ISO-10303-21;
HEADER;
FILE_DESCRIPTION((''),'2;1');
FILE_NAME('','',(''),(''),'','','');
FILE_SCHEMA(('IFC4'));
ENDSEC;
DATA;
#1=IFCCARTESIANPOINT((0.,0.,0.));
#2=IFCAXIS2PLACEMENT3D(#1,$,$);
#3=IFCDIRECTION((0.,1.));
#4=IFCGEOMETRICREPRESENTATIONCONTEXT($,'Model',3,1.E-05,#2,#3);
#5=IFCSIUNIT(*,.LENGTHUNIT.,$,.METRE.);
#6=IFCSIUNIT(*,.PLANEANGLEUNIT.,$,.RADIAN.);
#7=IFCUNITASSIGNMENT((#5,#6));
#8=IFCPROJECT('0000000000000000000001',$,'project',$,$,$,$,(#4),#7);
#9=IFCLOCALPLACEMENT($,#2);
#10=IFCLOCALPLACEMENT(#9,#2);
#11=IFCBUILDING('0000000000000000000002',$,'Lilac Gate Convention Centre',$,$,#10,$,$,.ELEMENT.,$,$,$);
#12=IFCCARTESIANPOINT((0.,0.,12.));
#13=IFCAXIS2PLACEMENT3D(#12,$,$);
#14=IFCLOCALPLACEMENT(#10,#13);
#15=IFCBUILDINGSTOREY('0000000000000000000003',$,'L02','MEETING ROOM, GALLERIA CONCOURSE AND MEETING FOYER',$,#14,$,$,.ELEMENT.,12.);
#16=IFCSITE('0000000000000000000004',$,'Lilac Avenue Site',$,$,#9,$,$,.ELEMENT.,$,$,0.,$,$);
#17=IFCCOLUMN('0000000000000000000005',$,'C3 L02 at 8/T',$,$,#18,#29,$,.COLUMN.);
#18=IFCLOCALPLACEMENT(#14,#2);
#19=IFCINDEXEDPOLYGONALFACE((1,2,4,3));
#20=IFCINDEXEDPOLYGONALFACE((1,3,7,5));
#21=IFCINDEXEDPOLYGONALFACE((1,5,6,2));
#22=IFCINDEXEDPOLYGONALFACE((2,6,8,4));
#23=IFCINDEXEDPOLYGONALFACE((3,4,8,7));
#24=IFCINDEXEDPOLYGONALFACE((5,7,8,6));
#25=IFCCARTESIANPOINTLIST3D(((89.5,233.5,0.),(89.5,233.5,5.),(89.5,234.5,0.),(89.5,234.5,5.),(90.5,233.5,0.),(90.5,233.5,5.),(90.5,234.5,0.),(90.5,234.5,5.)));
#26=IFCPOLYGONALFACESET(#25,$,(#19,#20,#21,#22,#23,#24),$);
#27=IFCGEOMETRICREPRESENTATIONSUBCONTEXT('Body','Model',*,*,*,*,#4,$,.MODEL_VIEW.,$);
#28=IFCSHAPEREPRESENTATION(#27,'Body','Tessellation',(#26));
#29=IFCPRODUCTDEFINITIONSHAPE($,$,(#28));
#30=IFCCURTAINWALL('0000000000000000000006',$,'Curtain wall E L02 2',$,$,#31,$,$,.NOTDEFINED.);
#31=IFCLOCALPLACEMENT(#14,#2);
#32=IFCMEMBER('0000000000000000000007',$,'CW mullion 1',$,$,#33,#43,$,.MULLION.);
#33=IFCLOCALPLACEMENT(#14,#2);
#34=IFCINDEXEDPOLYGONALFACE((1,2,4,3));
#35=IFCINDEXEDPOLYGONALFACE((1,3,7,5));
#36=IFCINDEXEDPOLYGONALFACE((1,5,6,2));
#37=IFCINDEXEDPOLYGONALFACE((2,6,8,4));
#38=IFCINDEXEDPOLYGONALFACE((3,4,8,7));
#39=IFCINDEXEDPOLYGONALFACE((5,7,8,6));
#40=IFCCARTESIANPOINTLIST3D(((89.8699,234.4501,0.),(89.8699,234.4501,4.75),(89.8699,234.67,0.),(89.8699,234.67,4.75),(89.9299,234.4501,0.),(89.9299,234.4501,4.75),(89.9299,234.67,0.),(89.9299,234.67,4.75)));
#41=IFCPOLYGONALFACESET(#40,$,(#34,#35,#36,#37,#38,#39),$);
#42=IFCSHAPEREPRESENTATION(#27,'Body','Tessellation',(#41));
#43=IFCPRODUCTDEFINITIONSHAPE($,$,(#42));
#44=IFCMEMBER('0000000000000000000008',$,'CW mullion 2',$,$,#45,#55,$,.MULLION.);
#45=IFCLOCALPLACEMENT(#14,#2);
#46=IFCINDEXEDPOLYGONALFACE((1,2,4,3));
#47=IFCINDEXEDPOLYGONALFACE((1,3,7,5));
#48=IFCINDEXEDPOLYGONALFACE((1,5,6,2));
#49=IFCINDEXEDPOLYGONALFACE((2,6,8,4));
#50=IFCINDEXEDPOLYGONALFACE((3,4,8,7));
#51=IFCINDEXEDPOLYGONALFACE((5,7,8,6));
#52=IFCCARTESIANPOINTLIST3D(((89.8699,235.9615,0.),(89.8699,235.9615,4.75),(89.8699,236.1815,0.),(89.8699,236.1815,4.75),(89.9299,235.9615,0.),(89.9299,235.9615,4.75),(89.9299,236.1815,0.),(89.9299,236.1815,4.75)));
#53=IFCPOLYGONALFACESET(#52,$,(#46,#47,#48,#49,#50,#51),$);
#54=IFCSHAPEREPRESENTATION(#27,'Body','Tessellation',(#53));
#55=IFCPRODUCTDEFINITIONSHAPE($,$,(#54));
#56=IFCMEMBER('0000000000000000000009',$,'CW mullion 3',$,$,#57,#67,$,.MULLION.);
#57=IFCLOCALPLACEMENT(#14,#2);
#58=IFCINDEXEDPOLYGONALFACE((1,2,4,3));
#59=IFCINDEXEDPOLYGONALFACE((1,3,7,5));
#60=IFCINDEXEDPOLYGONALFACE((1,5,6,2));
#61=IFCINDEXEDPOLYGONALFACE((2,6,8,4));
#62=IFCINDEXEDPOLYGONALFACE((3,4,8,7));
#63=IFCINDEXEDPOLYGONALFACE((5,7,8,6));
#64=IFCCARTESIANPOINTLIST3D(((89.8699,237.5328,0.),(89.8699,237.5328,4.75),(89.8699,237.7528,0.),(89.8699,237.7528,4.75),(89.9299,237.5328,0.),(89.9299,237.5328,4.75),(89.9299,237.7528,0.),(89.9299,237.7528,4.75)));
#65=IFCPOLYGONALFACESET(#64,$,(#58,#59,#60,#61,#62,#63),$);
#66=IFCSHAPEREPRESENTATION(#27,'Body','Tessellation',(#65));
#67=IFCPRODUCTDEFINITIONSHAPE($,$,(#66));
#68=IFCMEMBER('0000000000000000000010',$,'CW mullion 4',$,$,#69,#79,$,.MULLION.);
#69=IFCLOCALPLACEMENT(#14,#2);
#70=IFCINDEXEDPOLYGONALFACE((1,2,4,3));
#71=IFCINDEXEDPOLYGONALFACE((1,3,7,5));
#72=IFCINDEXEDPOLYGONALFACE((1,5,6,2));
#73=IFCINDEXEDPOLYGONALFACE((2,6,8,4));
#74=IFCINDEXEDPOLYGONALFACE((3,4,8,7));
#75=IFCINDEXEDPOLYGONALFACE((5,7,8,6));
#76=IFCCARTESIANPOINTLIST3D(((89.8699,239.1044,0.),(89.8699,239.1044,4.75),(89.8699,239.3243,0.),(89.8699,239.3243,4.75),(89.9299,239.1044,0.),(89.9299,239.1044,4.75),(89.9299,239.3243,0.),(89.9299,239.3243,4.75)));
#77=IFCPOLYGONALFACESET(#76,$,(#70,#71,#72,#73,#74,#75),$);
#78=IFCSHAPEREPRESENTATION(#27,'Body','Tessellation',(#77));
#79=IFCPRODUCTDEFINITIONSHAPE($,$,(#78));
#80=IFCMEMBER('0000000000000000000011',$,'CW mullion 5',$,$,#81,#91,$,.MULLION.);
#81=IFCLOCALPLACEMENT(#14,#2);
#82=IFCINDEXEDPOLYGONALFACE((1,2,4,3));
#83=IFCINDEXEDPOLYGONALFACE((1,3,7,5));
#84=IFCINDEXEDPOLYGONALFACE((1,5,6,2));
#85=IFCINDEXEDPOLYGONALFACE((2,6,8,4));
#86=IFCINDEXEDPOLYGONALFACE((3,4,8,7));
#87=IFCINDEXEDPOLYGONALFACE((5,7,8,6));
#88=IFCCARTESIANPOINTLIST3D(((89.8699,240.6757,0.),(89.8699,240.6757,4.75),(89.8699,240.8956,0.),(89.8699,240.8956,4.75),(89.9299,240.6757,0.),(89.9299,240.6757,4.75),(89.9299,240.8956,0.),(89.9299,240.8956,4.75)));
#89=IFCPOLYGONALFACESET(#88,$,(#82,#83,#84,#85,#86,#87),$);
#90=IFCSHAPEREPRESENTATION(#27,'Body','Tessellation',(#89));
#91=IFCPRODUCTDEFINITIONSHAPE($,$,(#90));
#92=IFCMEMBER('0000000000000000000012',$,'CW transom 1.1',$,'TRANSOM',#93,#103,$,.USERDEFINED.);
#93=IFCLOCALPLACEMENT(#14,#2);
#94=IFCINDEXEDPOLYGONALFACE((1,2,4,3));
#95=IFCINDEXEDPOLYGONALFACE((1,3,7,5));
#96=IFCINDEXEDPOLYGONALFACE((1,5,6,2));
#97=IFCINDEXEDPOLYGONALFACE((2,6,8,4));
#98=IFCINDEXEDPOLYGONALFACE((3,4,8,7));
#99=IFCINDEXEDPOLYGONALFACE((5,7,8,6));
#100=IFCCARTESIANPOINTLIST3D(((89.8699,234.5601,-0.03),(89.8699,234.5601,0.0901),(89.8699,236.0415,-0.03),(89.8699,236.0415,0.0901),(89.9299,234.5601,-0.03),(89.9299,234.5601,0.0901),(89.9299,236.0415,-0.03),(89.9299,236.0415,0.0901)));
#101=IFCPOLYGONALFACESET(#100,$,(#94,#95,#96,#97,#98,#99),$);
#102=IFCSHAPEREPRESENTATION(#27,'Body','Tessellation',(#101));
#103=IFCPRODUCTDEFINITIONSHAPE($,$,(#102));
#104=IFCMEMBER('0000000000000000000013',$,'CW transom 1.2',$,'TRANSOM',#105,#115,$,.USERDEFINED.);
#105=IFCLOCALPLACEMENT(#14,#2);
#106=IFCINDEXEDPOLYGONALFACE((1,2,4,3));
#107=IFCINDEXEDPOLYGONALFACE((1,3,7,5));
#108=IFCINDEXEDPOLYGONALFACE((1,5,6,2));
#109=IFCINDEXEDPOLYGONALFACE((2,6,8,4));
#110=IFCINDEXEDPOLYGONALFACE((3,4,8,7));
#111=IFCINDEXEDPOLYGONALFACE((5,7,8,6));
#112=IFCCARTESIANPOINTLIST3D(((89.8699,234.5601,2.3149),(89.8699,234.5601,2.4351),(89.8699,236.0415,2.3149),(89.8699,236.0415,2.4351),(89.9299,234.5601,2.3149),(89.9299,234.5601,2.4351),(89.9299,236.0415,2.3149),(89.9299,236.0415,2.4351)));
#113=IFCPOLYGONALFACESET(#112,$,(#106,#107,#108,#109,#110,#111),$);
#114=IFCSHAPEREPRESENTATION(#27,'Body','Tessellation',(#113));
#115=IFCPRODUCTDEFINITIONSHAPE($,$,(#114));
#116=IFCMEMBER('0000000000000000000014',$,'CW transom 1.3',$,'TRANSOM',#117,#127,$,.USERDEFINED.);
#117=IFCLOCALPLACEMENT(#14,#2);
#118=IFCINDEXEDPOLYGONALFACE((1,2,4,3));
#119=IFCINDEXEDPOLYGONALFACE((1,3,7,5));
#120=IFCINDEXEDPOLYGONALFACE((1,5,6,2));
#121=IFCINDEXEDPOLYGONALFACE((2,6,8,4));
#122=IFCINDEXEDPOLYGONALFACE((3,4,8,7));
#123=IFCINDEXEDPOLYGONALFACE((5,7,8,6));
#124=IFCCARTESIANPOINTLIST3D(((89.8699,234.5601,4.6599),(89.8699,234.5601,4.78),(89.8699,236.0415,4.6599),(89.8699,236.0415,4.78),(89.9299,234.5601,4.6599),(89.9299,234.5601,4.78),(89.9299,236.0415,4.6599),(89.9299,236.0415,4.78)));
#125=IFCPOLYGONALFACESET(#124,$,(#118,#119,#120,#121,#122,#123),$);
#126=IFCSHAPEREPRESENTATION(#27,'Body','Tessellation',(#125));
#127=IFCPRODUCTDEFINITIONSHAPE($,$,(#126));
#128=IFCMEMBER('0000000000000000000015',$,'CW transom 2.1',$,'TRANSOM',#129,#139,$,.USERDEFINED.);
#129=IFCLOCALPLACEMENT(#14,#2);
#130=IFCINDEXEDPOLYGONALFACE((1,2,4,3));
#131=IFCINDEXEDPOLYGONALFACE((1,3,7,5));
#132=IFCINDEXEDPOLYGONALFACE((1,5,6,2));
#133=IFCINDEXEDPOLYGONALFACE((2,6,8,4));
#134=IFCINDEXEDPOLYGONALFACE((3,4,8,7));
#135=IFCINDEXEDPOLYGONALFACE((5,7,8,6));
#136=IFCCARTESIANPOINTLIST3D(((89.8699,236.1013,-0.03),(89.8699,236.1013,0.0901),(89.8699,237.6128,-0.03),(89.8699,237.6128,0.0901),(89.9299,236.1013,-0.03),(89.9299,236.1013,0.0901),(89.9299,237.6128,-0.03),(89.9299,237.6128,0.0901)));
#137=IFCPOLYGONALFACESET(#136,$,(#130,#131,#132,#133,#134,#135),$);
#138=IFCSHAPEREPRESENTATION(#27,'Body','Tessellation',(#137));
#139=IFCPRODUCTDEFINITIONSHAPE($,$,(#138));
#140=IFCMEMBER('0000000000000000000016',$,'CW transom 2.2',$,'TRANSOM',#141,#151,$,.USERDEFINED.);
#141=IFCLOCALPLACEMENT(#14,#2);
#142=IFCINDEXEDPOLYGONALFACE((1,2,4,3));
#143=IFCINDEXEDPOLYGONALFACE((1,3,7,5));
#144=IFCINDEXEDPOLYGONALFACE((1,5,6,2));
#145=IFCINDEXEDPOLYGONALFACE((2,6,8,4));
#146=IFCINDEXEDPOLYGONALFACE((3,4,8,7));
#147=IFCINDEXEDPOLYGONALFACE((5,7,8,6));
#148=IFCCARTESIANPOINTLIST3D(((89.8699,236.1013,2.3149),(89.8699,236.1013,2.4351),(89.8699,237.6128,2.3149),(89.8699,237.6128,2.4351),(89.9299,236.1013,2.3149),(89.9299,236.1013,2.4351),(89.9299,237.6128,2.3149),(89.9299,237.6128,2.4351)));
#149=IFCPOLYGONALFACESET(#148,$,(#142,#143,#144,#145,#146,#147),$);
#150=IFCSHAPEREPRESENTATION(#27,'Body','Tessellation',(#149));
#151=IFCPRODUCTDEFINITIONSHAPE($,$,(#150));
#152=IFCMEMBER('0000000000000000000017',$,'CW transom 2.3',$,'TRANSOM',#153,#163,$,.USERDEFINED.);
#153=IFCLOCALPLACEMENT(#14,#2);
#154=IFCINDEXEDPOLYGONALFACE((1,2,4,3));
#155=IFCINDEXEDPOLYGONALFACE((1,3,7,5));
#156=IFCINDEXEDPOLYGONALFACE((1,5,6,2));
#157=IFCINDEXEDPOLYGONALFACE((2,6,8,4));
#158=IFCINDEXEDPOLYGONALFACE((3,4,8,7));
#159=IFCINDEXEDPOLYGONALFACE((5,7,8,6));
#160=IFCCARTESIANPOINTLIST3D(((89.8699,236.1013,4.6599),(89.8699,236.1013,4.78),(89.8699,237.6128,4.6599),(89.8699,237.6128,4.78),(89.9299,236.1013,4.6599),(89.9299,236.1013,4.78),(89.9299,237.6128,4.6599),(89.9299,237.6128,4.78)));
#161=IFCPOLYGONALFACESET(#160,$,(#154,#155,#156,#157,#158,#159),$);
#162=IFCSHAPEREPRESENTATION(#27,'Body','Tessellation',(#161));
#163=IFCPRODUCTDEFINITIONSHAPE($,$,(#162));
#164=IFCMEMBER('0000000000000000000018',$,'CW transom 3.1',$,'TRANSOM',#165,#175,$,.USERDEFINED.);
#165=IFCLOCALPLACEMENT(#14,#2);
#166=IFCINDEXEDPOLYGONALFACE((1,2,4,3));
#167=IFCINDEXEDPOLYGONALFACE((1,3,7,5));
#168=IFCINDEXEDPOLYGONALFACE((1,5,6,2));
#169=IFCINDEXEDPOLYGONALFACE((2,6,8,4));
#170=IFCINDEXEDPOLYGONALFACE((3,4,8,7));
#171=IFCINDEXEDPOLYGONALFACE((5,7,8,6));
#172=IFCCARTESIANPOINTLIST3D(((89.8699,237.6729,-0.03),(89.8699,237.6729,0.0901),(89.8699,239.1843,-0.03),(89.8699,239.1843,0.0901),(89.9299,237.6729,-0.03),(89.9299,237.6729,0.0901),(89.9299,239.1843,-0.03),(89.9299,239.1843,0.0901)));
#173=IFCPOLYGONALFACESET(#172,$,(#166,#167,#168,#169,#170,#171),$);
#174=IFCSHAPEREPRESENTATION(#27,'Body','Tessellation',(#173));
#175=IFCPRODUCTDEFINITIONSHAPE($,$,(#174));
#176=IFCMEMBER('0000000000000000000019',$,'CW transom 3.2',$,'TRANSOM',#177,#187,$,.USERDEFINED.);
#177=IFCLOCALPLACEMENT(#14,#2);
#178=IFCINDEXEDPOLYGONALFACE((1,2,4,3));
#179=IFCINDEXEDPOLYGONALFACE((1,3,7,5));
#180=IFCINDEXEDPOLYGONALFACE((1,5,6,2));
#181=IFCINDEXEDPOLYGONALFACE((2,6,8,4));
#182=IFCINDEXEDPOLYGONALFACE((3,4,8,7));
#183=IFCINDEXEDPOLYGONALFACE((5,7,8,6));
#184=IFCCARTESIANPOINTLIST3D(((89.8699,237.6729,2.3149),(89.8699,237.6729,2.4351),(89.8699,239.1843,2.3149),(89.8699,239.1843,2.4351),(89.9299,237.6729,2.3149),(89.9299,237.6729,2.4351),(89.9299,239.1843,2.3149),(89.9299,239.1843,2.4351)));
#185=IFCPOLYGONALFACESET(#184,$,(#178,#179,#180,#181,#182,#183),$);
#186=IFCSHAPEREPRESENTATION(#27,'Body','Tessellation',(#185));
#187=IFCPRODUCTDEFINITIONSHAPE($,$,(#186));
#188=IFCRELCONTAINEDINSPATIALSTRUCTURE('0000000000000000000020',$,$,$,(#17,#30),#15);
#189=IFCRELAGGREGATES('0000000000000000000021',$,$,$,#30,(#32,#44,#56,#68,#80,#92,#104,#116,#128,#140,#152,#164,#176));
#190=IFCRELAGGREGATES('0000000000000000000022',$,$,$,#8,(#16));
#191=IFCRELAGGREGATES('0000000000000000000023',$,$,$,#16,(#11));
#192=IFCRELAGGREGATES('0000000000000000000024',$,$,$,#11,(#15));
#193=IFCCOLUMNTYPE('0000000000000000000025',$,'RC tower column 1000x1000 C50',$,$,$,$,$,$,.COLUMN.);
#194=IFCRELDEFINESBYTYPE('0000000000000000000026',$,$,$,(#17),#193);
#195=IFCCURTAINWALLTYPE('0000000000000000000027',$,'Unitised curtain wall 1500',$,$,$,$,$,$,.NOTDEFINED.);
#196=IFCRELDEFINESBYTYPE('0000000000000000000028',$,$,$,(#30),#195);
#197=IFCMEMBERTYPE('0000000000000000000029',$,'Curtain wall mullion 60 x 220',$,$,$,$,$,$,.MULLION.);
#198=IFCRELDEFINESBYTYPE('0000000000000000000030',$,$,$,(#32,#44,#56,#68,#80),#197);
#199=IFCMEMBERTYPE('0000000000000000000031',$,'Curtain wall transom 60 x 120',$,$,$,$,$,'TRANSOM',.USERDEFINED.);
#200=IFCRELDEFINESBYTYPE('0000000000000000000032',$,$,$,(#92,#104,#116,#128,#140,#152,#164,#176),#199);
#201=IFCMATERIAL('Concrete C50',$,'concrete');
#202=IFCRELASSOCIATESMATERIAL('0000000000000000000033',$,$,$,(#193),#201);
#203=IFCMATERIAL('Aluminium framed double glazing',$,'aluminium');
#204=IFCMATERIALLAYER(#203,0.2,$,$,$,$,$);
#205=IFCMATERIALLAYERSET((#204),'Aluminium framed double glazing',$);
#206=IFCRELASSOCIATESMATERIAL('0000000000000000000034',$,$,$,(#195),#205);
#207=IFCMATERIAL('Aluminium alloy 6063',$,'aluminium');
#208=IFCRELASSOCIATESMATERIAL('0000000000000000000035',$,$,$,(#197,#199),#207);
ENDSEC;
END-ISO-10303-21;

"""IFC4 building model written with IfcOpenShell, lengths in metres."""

from ifc_helpers import new_model, si_unit, direction, frame, origin, origin_2d, place, context, subcontext, project, spatial, rectangle, extrude, material, layer, layer_set, material_profile, profile_set, type_object, element, aggregate, save


model = new_model("IFC4")

# Units and contexts
model_context = context("Model", 3, precision=1e-05, world=origin(), true_north=direction((0.0, 1.0)))
body_context = subcontext(model_context, "Body", "Model", "MODEL_VIEW")
ifc_project = project(units=[si_unit("LENGTHUNIT", "METRE"), si_unit("PLANEANGLEUNIT", "RADIAN")], contexts=[model_context])

# Site, building, storey
site_placement = place(None, origin())
site = spatial("IfcSite", under=ifc_project, at=site_placement, Name="Lilac Avenue Site", CompositionType="ELEMENT", RefElevation=0.0)
building_placement = place(site_placement, origin())
building = spatial("IfcBuilding", under=site, at=building_placement, Name="Lilac Gate Convention Centre", CompositionType="ELEMENT")
storey_placement = place(building_placement, frame((0.0, 0.0, 12.0)))
storey = spatial("IfcBuildingStorey", under=building, at=storey_placement, Name="L02", Description="MEETING ROOM, GALLERIA CONCOURSE AND MEETING FOYER", CompositionType="ELEMENT", Elevation=12.0)

# Column
ifc_material_1 = material(Name="Concrete C50", Category="concrete")
ifc_material_profile_1 = material_profile(ifc_material_1, rectangle(XDim=1.0, YDim=1.0, at=origin_2d()), Name="RC 1000x1000")
ifc_profile_set_1 = profile_set([ifc_material_profile_1], Name="Concrete C50")
column_type = type_object("IfcColumnType", Name="RC tower column 1000x1000 C50", PredefinedType="COLUMN", material=ifc_profile_set_1)
column_placement = place(storey_placement, frame((90.0, 234.0, 0.0), z_axis=(0.0, 0.0, 1.0), x_axis=(1.0, 0.0, 0.0)))
element("IfcColumn", 1, at=column_placement, inside=storey, type_object=column_type, Name="C3 L02 at 8/T", PredefinedType="COLUMN", context=body_context, shape_type="SweptSolid", body=[
    extrude(rectangle(XDim=1.0, YDim=1.0, at=origin_2d()), origin(), (0.0, 0.0, 1.0), 5.0),
])

# Curtain wall, members
ifc_material_2 = material(Name="Aluminium framed double glazing", Category="aluminium")
ifc_layer_1 = layer(ifc_material_2, 0.2)
ifc_layer_set_1 = layer_set([ifc_layer_1], Name="Aluminium framed double glazing")
curtain_wall_type = type_object("IfcCurtainWallType", Name="Unitised curtain wall 1500", PredefinedType="NOTDEFINED", material=ifc_layer_set_1)
curtain_wall_placement = place(storey_placement, origin())
curtain_wall = element("IfcCurtainWall", 2, at=curtain_wall_placement, inside=storey, type_object=curtain_wall_type, Name="Curtain wall E L02 2", PredefinedType="NOTDEFINED")
ifc_material_3 = material(Name="Aluminium alloy 6063", Category="aluminium")
ifc_material_profile_2 = material_profile(ifc_material_3, rectangle(XDim=0.0601, YDim=0.22, at=origin_2d()), Name="Curtain wall mullion 60 x 220")
ifc_profile_set_2 = profile_set([ifc_material_profile_2], Name="Aluminium alloy 6063")
member_type_1 = type_object("IfcMemberType", Name="Curtain wall mullion 60 x 220", PredefinedType="MULLION", material=ifc_profile_set_2)
member_1_placement = place(storey_placement, frame((89.8999, 234.5601, 0.0), z_axis=(0.0, 0.0, 1.0), x_axis=(-1.0, 0.0, 0.0)))
member_1 = element("IfcMember", 3, at=member_1_placement, type_object=member_type_1, Name="CW mullion 1", PredefinedType="MULLION", context=body_context, shape_type="SweptSolid", body=[
    extrude(rectangle(XDim=0.0601, YDim=0.22, at=origin_2d()), origin(), (0.0, 0.0, 1.0), 4.75),
])
member_2_placement = place(storey_placement, frame((89.8999, 236.0715, 0.0), z_axis=(0.0, 0.0, 1.0), x_axis=(-1.0, 0.0, 0.0)))
member_2 = element("IfcMember", 4, at=member_2_placement, type_object=member_type_1, Name="CW mullion 2", PredefinedType="MULLION", context=body_context, shape_type="SweptSolid", body=[
    extrude(rectangle(XDim=0.0601, YDim=0.22, at=origin_2d()), origin(), (0.0, 0.0, 1.0), 4.75),
])
member_3_placement = place(storey_placement, frame((89.8999, 237.6428, 0.0), z_axis=(0.0, 0.0, 1.0), x_axis=(-1.0, 0.0, 0.0)))
member_3 = element("IfcMember", 5, at=member_3_placement, type_object=member_type_1, Name="CW mullion 3", PredefinedType="MULLION", context=body_context, shape_type="SweptSolid", body=[
    extrude(rectangle(XDim=0.0601, YDim=0.22, at=origin_2d()), origin(), (0.0, 0.0, 1.0), 4.75),
])
member_4_placement = place(storey_placement, frame((89.8999, 239.2144, 0.0), z_axis=(0.0, 0.0, 1.0), x_axis=(-1.0, 0.0, 0.0)))
member_4 = element("IfcMember", 6, at=member_4_placement, type_object=member_type_1, Name="CW mullion 4", PredefinedType="MULLION", context=body_context, shape_type="SweptSolid", body=[
    extrude(rectangle(XDim=0.0601, YDim=0.22, at=origin_2d()), origin(), (0.0, 0.0, 1.0), 4.75),
])
member_5_placement = place(storey_placement, frame((89.8999, 240.7856, 0.0), z_axis=(0.0, 0.0, 1.0), x_axis=(-1.0, 0.0, 0.0)))
member_5 = element("IfcMember", 7, at=member_5_placement, type_object=member_type_1, Name="CW mullion 5", PredefinedType="MULLION", context=body_context, shape_type="SweptSolid", body=[
    extrude(rectangle(XDim=0.0601, YDim=0.22, at=origin_2d()), origin(), (0.0, 0.0, 1.0), 4.75),
])
ifc_material_profile_3 = material_profile(ifc_material_3, rectangle(XDim=0.0601, YDim=0.1201, at=origin_2d()), Name="Curtain wall transom 60 x 120")
ifc_profile_set_3 = profile_set([ifc_material_profile_3], Name="Aluminium alloy 6063")
member_type_2 = type_object("IfcMemberType", Name="Curtain wall transom 60 x 120", ElementType="TRANSOM", PredefinedType="USERDEFINED", material=ifc_profile_set_3)
member_6_placement = place(storey_placement, frame((89.8999, 234.5601, 0.03), z_axis=(0.0, 1.0, 0.0), x_axis=(-1.0, 0.0, 0.0)))
member_6 = element("IfcMember", 8, at=member_6_placement, type_object=member_type_2, Name="CW transom 1.1", ObjectType="TRANSOM", PredefinedType="USERDEFINED", context=body_context, shape_type="SweptSolid", body=[
    extrude(rectangle(XDim=0.0601, YDim=0.1201, at=origin_2d()), origin(), (0.0, 0.0, 1.0), 1.4814),
])
member_7_placement = place(storey_placement, frame((89.8999, 234.5601, 2.375), z_axis=(0.0, 1.0, 0.0), x_axis=(-1.0, 0.0, 0.0)))
member_7 = element("IfcMember", 9, at=member_7_placement, type_object=member_type_2, Name="CW transom 1.2", ObjectType="TRANSOM", PredefinedType="USERDEFINED", context=body_context, shape_type="SweptSolid", body=[
    extrude(rectangle(XDim=0.0601, YDim=0.1201, at=origin_2d()), origin(), (0.0, 0.0, 1.0), 1.4814),
])
member_8_placement = place(storey_placement, frame((89.8999, 234.5601, 4.72), z_axis=(0.0, 1.0, 0.0), x_axis=(-1.0, 0.0, 0.0)))
member_8 = element("IfcMember", 10, at=member_8_placement, type_object=member_type_2, Name="CW transom 1.3", ObjectType="TRANSOM", PredefinedType="USERDEFINED", context=body_context, shape_type="SweptSolid", body=[
    extrude(rectangle(XDim=0.0601, YDim=0.1201, at=origin_2d()), origin(), (0.0, 0.0, 1.0), 1.4814),
])
member_9_placement = place(storey_placement, frame((89.8999, 236.1013, 0.03), z_axis=(0.0, 1.0, 0.0), x_axis=(-1.0, 0.0, 0.0)))
member_9 = element("IfcMember", 11, at=member_9_placement, type_object=member_type_2, Name="CW transom 2.1", ObjectType="TRANSOM", PredefinedType="USERDEFINED", context=body_context, shape_type="SweptSolid", body=[
    extrude(rectangle(XDim=0.0601, YDim=0.1201, at=origin_2d()), origin(), (0.0, 0.0, 1.0), 1.5115),
])
member_10_placement = place(storey_placement, frame((89.8999, 236.1013, 2.375), z_axis=(0.0, 1.0, 0.0), x_axis=(-1.0, 0.0, 0.0)))
member_10 = element("IfcMember", 12, at=member_10_placement, type_object=member_type_2, Name="CW transom 2.2", ObjectType="TRANSOM", PredefinedType="USERDEFINED", context=body_context, shape_type="SweptSolid", body=[
    extrude(rectangle(XDim=0.0601, YDim=0.1201, at=origin_2d()), origin(), (0.0, 0.0, 1.0), 1.5115),
])
member_11_placement = place(storey_placement, frame((89.8999, 236.1013, 4.72), z_axis=(0.0, 1.0, 0.0), x_axis=(-1.0, 0.0, 0.0)))
member_11 = element("IfcMember", 13, at=member_11_placement, type_object=member_type_2, Name="CW transom 2.3", ObjectType="TRANSOM", PredefinedType="USERDEFINED", context=body_context, shape_type="SweptSolid", body=[
    extrude(rectangle(XDim=0.0601, YDim=0.1201, at=origin_2d()), origin(), (0.0, 0.0, 1.0), 1.5115),
])
member_12_placement = place(storey_placement, frame((89.8999, 237.6729, 0.03), z_axis=(0.0, 1.0, 0.0), x_axis=(-1.0, 0.0, 0.0)))
member_12 = element("IfcMember", 14, at=member_12_placement, type_object=member_type_2, Name="CW transom 3.1", ObjectType="TRANSOM", PredefinedType="USERDEFINED", context=body_context, shape_type="SweptSolid", body=[
    extrude(rectangle(XDim=0.0601, YDim=0.1201, at=origin_2d()), origin(), (0.0, 0.0, 1.0), 1.5115),
])
member_13_placement = place(storey_placement, frame((89.8999, 237.6729, 2.375), z_axis=(0.0, 1.0, 0.0), x_axis=(-1.0, 0.0, 0.0)))
member_13 = element("IfcMember", 15, at=member_13_placement, type_object=member_type_2, Name="CW transom 3.2", ObjectType="TRANSOM", PredefinedType="USERDEFINED", context=body_context, shape_type="SweptSolid", body=[
    extrude(rectangle(XDim=0.0601, YDim=0.1201, at=origin_2d()), origin(), (0.0, 0.0, 1.0), 1.5115),
])

aggregate(curtain_wall, [member_1, member_2, member_3, member_4, member_5, member_6, member_7, member_8, member_9, member_10, member_11, member_12, member_13])

save(model, "model.ifc")
